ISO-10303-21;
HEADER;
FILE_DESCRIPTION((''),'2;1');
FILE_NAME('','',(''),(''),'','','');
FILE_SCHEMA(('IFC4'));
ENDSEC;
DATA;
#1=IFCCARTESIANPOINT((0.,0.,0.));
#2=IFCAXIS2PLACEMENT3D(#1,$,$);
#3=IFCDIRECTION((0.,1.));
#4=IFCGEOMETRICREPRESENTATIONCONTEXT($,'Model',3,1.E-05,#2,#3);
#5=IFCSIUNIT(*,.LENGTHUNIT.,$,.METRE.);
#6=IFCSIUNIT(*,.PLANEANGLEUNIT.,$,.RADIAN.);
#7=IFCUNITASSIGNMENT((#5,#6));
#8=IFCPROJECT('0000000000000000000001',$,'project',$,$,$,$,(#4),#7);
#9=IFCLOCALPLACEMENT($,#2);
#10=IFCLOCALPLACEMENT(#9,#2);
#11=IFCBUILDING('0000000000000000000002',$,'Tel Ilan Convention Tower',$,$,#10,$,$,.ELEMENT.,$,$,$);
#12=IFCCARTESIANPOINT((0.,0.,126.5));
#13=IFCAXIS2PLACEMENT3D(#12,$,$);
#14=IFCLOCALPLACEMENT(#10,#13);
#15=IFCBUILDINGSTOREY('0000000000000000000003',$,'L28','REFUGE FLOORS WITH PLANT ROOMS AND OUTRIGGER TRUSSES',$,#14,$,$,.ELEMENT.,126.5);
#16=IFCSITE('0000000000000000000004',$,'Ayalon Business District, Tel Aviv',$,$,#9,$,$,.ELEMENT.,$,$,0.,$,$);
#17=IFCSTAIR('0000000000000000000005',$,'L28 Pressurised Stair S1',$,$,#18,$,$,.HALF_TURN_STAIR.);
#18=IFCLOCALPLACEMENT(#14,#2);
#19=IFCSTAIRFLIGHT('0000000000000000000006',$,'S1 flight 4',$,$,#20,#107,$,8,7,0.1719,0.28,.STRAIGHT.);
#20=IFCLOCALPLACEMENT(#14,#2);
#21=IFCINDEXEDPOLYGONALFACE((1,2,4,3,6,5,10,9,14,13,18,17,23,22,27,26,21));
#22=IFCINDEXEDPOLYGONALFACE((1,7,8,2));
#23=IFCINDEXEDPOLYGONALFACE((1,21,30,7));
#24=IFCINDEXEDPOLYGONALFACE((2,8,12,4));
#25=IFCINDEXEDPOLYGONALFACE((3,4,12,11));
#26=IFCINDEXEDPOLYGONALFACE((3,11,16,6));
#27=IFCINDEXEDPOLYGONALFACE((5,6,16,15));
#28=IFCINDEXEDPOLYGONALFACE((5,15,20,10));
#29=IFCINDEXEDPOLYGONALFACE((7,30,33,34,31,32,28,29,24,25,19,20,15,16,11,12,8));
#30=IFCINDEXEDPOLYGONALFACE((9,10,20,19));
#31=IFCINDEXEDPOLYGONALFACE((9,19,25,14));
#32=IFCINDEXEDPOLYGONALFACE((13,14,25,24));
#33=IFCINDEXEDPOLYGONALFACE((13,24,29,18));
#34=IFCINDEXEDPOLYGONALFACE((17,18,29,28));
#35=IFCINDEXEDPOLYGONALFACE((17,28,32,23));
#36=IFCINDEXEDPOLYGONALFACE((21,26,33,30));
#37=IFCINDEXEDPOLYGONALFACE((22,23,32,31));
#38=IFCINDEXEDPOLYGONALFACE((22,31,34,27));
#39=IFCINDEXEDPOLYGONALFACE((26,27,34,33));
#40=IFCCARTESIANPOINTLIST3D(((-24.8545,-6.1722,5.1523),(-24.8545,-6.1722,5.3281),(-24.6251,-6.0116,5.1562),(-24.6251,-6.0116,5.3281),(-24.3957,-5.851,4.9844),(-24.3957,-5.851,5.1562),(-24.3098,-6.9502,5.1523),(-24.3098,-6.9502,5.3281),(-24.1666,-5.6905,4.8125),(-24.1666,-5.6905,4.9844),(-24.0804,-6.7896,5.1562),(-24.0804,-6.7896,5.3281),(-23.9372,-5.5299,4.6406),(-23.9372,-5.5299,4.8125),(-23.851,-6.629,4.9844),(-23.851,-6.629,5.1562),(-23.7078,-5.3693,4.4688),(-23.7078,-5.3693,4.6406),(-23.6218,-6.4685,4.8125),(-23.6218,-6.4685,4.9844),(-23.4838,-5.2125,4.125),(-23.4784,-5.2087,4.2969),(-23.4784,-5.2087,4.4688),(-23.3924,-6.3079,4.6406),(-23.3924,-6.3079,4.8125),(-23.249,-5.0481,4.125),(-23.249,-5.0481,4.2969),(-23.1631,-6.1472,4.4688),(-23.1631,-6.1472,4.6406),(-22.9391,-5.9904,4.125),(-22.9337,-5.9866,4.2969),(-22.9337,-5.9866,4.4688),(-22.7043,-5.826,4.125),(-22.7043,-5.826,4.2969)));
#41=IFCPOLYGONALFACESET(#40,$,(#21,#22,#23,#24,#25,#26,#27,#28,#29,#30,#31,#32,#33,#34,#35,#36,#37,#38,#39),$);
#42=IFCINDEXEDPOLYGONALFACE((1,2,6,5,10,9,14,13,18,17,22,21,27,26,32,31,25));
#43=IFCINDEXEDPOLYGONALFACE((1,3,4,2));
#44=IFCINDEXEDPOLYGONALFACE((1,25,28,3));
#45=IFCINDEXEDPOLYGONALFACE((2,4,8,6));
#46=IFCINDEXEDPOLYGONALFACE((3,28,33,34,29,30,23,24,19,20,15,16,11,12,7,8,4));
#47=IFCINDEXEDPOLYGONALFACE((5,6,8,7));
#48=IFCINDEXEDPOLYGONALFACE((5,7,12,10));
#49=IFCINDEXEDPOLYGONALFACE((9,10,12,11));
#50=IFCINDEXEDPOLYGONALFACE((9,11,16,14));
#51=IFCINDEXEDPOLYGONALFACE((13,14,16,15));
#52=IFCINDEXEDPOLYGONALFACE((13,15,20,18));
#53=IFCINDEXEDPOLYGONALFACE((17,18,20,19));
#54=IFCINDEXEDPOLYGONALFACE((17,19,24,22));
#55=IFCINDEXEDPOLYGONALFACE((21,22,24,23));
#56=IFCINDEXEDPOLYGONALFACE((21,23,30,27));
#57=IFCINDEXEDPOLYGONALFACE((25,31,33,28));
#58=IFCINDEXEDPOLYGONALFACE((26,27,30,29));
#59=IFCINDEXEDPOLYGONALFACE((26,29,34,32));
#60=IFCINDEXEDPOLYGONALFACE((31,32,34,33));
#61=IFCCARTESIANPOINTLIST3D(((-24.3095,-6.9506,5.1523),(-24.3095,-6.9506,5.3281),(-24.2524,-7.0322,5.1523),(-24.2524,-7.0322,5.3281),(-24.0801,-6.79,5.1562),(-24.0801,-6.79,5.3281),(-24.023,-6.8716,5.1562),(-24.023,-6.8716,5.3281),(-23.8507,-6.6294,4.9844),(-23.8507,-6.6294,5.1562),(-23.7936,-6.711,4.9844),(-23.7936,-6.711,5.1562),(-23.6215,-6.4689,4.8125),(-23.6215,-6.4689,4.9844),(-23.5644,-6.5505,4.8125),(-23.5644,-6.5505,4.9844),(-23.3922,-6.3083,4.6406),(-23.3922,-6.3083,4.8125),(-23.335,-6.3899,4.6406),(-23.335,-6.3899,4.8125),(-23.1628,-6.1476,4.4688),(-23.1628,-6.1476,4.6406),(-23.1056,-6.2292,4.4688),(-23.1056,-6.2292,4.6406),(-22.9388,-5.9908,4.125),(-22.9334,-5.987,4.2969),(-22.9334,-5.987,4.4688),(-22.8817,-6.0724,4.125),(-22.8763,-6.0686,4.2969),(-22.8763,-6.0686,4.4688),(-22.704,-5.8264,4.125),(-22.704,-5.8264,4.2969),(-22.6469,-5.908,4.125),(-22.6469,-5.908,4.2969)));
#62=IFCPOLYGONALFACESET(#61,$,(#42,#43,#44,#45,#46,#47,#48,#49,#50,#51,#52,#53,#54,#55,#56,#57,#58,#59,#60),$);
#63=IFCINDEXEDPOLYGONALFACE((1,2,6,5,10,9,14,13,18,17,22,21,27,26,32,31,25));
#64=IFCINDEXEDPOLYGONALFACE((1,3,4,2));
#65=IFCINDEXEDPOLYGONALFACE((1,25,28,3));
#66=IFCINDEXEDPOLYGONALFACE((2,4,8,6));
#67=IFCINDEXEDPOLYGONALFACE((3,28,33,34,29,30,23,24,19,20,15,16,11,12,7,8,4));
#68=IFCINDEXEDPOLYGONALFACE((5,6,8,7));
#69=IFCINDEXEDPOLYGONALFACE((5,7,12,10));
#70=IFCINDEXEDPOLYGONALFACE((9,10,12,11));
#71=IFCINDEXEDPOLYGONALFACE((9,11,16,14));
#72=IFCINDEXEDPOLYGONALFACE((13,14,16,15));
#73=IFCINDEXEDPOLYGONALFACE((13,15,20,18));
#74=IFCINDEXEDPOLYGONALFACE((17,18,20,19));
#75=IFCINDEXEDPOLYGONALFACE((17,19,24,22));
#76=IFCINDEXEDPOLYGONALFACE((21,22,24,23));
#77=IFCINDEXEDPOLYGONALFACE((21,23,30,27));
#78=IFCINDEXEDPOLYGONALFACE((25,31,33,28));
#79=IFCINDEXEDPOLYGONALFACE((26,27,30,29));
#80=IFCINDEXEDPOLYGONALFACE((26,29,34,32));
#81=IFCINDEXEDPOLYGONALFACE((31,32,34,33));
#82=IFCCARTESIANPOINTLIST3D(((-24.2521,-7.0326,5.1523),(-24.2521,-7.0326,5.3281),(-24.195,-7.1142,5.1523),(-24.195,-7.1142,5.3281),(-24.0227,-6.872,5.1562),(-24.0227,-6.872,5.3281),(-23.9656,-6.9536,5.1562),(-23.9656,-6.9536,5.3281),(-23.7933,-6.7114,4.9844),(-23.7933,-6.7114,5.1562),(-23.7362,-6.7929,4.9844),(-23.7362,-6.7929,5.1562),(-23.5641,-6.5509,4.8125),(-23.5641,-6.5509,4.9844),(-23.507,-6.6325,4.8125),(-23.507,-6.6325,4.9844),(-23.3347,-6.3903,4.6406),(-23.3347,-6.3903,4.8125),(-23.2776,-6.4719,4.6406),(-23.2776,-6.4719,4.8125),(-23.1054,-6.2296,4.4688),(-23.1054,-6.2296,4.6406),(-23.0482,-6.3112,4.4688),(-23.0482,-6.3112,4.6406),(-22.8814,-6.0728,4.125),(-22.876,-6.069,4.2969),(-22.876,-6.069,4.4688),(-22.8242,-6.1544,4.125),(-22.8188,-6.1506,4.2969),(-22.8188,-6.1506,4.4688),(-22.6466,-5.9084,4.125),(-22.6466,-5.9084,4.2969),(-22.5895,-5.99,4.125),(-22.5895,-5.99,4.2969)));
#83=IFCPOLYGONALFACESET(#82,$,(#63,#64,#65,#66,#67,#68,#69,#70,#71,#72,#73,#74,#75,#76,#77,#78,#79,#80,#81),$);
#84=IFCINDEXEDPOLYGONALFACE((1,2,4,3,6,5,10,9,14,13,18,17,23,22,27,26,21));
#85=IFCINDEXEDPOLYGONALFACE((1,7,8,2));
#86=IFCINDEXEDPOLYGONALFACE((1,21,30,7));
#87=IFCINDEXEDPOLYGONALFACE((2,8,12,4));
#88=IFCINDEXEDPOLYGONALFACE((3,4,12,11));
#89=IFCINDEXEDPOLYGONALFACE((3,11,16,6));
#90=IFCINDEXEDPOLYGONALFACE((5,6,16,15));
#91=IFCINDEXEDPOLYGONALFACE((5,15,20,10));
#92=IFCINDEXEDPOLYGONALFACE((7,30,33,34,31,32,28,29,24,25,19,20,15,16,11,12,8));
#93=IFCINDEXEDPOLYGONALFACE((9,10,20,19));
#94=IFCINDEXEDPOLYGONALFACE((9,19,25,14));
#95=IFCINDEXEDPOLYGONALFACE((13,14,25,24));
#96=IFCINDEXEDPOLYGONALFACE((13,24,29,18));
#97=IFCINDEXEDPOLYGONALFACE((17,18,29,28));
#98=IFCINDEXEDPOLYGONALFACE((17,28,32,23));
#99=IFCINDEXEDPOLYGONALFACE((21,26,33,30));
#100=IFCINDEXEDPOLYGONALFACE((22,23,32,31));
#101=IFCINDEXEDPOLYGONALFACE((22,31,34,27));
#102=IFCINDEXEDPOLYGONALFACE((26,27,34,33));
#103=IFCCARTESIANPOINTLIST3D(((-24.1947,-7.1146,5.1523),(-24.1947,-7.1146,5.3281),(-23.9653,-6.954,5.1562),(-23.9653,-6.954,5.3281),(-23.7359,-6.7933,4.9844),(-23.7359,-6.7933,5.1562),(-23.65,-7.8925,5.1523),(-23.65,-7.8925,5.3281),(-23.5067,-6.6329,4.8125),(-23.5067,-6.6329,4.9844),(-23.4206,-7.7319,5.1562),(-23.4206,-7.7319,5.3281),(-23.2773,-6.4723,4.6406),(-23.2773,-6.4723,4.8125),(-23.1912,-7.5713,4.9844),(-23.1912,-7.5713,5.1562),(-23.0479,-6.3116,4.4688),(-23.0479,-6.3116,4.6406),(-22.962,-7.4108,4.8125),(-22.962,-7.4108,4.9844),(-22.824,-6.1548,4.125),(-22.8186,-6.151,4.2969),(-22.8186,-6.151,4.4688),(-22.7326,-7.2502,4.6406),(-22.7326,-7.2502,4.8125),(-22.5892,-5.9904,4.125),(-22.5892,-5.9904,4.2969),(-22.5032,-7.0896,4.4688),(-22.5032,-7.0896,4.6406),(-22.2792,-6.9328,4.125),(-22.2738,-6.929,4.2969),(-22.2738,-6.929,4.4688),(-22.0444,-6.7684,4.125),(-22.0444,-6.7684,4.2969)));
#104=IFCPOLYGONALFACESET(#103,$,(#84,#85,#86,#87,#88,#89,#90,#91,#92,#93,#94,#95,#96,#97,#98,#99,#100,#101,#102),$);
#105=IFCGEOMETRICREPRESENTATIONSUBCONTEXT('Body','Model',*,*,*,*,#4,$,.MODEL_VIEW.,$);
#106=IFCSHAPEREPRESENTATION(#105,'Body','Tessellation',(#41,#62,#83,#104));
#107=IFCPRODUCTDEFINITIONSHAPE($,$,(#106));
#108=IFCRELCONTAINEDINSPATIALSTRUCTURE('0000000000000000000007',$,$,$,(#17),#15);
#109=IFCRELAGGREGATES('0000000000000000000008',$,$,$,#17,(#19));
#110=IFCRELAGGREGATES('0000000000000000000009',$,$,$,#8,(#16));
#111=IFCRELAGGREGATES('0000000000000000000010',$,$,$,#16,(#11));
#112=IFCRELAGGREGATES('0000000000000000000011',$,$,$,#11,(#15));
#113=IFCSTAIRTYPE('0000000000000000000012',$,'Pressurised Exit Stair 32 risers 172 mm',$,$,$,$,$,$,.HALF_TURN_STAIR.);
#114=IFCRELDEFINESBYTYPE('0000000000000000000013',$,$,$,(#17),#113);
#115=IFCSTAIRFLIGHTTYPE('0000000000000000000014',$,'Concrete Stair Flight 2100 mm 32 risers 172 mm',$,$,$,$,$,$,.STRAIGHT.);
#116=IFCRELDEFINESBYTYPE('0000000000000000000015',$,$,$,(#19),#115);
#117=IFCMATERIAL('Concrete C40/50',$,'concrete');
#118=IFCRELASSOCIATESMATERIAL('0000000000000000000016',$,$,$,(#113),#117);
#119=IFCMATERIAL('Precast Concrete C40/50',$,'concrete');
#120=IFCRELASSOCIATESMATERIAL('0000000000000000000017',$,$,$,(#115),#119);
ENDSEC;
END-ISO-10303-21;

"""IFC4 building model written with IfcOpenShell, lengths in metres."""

from ifc_helpers import new_model, si_unit, direction, frame, origin, place, context, subcontext, project, spatial, polyline, outline, extrude, material, type_object, element, aggregate, save


model = new_model("IFC4")

# Units and contexts
model_context = context("Model", 3, precision=1e-05, world=origin(), true_north=direction((0.0, 1.0)))
body_context = subcontext(model_context, "Body", "Model", "MODEL_VIEW")
ifc_project = project(units=[si_unit("LENGTHUNIT", "METRE"), si_unit("PLANEANGLEUNIT", "RADIAN")], contexts=[model_context])

# Site, building, storey
site_placement = place(None, origin())
site = spatial("IfcSite", under=ifc_project, at=site_placement, Name="Ayalon Business District, Tel Aviv", CompositionType="ELEMENT", RefElevation=0.0)
building_placement = place(site_placement, origin())
building = spatial("IfcBuilding", under=site, at=building_placement, Name="Tel Ilan Convention Tower", CompositionType="ELEMENT")
storey_placement = place(building_placement, frame((0.0, 0.0, 126.5)))
storey = spatial("IfcBuildingStorey", under=building, at=storey_placement, Name="L28", Description="REFUGE FLOORS WITH PLANT ROOMS AND OUTRIGGER TRUSSES", CompositionType="ELEMENT", Elevation=126.5)

# Stair, stair flight
ifc_material_1 = material(Name="Concrete C40/50", Category="concrete")
stair_type = type_object("IfcStairType", Name="Pressurised Exit Stair 32 risers 172 mm", PredefinedType="HALF_TURN_STAIR", material=ifc_material_1)
stair_1_placement = place(storey_placement, origin())
stair_1 = element("IfcStair", 1, at=stair_1_placement, inside=storey, type_object=stair_type, Name="L28 Pressurised Stair S1", PredefinedType="HALF_TURN_STAIR")
ifc_material_2 = material(Name="Precast Concrete C40/50", Category="concrete")
stair_flight_type = type_object("IfcStairFlightType", Name="Concrete Stair Flight 2100 mm 32 risers 172 mm", PredefinedType="STRAIGHT", material=ifc_material_2)
stair_flight_1_placement = place(storey_placement, frame((-22.6467, -5.9082, 4.125), z_axis=(0.0, 0.0, 1.0), x_axis=(-0.819152, -0.573576, 0.0)))
stair_flight_1 = element("IfcStairFlight", 2, at=stair_flight_1_placement, type_object=stair_flight_type, Name="S1 flight 4", NumberOfRisers=8, NumberOfTreads=7, PredefinedType="STRAIGHT", RiserHeight=0.1719, TreadLength=0.28, context=body_context, shape_type="SweptSolid", body=[
    extrude(outline(polyline([(0.0, 0.0), (0.0, 0.1719), (0.28, 0.1719), (0.28, 0.3438), (0.5601, 0.3438), (0.5601, 0.5156), (0.8401, 0.5156), (0.8401, 0.6875), (1.1201, 0.6875), (1.1201, 0.8594), (1.3999, 0.8594), (1.3999, 1.0312), (1.6799, 1.0312), (1.6799, 1.2031), (1.96, 1.2031), (1.96, 1.375), (1.96, 1.0273), (0.2866, 0.0), (0.0, 0.0)])), frame((0.0, -0.1003, 0.0), z_axis=(0.0, -1.0, 0.0), x_axis=(1.0, 0.0, 0.0)), (0.0, 0.0, 1.0), 0.9497),
    extrude(outline(polyline([(0.0, 0.0), (0.0, 0.1719), (0.28, 0.1719), (0.28, 0.3438), (0.5601, 0.3438), (0.5601, 0.5156), (0.8401, 0.5156), (0.8401, 0.6875), (1.1201, 0.6875), (1.1201, 0.8594), (1.3999, 0.8594), (1.3999, 1.0312), (1.6799, 1.0312), (1.6799, 1.2031), (1.96, 1.2031), (1.96, 1.375), (1.96, 1.0273), (0.2866, 0.0), (0.0, 0.0)])), frame((0.0, -0.0002, 0.0), z_axis=(0.0, -1.0, 0.0), x_axis=(1.0, 0.0, 0.0)), (0.0, 0.0, 1.0), 0.0996),
    extrude(outline(polyline([(0.0, 0.0), (0.0, 0.1719), (0.28, 0.1719), (0.28, 0.3438), (0.5601, 0.3438), (0.5601, 0.5156), (0.8401, 0.5156), (0.8401, 0.6875), (1.1201, 0.6875), (1.1201, 0.8594), (1.3999, 0.8594), (1.3999, 1.0312), (1.6799, 1.0312), (1.6799, 1.2031), (1.96, 1.2031), (1.96, 1.375), (1.96, 1.0273), (0.2866, 0.0), (0.0, 0.0)])), frame((0.0, 0.0999, 0.0), z_axis=(0.0, -1.0, 0.0), x_axis=(1.0, 0.0, 0.0)), (0.0, 0.0, 1.0), 0.0996),
    extrude(outline(polyline([(0.0, 0.0), (0.0, 0.1719), (0.28, 0.1719), (0.28, 0.3438), (0.5601, 0.3438), (0.5601, 0.5156), (0.8401, 0.5156), (0.8401, 0.6875), (1.1201, 0.6875), (1.1201, 0.8594), (1.3999, 0.8594), (1.3999, 1.0312), (1.6799, 1.0312), (1.6799, 1.2031), (1.96, 1.2031), (1.96, 1.375), (1.96, 1.0273), (0.2866, 0.0), (0.0, 0.0)])), frame((0.0, 1.05, 0.0), z_axis=(0.0, -1.0, 0.0), x_axis=(1.0, 0.0, 0.0)), (0.0, 0.0, 1.0), 0.9497),
])
aggregate(stair_1, [stair_flight_1])

save(model, "model.ifc")
